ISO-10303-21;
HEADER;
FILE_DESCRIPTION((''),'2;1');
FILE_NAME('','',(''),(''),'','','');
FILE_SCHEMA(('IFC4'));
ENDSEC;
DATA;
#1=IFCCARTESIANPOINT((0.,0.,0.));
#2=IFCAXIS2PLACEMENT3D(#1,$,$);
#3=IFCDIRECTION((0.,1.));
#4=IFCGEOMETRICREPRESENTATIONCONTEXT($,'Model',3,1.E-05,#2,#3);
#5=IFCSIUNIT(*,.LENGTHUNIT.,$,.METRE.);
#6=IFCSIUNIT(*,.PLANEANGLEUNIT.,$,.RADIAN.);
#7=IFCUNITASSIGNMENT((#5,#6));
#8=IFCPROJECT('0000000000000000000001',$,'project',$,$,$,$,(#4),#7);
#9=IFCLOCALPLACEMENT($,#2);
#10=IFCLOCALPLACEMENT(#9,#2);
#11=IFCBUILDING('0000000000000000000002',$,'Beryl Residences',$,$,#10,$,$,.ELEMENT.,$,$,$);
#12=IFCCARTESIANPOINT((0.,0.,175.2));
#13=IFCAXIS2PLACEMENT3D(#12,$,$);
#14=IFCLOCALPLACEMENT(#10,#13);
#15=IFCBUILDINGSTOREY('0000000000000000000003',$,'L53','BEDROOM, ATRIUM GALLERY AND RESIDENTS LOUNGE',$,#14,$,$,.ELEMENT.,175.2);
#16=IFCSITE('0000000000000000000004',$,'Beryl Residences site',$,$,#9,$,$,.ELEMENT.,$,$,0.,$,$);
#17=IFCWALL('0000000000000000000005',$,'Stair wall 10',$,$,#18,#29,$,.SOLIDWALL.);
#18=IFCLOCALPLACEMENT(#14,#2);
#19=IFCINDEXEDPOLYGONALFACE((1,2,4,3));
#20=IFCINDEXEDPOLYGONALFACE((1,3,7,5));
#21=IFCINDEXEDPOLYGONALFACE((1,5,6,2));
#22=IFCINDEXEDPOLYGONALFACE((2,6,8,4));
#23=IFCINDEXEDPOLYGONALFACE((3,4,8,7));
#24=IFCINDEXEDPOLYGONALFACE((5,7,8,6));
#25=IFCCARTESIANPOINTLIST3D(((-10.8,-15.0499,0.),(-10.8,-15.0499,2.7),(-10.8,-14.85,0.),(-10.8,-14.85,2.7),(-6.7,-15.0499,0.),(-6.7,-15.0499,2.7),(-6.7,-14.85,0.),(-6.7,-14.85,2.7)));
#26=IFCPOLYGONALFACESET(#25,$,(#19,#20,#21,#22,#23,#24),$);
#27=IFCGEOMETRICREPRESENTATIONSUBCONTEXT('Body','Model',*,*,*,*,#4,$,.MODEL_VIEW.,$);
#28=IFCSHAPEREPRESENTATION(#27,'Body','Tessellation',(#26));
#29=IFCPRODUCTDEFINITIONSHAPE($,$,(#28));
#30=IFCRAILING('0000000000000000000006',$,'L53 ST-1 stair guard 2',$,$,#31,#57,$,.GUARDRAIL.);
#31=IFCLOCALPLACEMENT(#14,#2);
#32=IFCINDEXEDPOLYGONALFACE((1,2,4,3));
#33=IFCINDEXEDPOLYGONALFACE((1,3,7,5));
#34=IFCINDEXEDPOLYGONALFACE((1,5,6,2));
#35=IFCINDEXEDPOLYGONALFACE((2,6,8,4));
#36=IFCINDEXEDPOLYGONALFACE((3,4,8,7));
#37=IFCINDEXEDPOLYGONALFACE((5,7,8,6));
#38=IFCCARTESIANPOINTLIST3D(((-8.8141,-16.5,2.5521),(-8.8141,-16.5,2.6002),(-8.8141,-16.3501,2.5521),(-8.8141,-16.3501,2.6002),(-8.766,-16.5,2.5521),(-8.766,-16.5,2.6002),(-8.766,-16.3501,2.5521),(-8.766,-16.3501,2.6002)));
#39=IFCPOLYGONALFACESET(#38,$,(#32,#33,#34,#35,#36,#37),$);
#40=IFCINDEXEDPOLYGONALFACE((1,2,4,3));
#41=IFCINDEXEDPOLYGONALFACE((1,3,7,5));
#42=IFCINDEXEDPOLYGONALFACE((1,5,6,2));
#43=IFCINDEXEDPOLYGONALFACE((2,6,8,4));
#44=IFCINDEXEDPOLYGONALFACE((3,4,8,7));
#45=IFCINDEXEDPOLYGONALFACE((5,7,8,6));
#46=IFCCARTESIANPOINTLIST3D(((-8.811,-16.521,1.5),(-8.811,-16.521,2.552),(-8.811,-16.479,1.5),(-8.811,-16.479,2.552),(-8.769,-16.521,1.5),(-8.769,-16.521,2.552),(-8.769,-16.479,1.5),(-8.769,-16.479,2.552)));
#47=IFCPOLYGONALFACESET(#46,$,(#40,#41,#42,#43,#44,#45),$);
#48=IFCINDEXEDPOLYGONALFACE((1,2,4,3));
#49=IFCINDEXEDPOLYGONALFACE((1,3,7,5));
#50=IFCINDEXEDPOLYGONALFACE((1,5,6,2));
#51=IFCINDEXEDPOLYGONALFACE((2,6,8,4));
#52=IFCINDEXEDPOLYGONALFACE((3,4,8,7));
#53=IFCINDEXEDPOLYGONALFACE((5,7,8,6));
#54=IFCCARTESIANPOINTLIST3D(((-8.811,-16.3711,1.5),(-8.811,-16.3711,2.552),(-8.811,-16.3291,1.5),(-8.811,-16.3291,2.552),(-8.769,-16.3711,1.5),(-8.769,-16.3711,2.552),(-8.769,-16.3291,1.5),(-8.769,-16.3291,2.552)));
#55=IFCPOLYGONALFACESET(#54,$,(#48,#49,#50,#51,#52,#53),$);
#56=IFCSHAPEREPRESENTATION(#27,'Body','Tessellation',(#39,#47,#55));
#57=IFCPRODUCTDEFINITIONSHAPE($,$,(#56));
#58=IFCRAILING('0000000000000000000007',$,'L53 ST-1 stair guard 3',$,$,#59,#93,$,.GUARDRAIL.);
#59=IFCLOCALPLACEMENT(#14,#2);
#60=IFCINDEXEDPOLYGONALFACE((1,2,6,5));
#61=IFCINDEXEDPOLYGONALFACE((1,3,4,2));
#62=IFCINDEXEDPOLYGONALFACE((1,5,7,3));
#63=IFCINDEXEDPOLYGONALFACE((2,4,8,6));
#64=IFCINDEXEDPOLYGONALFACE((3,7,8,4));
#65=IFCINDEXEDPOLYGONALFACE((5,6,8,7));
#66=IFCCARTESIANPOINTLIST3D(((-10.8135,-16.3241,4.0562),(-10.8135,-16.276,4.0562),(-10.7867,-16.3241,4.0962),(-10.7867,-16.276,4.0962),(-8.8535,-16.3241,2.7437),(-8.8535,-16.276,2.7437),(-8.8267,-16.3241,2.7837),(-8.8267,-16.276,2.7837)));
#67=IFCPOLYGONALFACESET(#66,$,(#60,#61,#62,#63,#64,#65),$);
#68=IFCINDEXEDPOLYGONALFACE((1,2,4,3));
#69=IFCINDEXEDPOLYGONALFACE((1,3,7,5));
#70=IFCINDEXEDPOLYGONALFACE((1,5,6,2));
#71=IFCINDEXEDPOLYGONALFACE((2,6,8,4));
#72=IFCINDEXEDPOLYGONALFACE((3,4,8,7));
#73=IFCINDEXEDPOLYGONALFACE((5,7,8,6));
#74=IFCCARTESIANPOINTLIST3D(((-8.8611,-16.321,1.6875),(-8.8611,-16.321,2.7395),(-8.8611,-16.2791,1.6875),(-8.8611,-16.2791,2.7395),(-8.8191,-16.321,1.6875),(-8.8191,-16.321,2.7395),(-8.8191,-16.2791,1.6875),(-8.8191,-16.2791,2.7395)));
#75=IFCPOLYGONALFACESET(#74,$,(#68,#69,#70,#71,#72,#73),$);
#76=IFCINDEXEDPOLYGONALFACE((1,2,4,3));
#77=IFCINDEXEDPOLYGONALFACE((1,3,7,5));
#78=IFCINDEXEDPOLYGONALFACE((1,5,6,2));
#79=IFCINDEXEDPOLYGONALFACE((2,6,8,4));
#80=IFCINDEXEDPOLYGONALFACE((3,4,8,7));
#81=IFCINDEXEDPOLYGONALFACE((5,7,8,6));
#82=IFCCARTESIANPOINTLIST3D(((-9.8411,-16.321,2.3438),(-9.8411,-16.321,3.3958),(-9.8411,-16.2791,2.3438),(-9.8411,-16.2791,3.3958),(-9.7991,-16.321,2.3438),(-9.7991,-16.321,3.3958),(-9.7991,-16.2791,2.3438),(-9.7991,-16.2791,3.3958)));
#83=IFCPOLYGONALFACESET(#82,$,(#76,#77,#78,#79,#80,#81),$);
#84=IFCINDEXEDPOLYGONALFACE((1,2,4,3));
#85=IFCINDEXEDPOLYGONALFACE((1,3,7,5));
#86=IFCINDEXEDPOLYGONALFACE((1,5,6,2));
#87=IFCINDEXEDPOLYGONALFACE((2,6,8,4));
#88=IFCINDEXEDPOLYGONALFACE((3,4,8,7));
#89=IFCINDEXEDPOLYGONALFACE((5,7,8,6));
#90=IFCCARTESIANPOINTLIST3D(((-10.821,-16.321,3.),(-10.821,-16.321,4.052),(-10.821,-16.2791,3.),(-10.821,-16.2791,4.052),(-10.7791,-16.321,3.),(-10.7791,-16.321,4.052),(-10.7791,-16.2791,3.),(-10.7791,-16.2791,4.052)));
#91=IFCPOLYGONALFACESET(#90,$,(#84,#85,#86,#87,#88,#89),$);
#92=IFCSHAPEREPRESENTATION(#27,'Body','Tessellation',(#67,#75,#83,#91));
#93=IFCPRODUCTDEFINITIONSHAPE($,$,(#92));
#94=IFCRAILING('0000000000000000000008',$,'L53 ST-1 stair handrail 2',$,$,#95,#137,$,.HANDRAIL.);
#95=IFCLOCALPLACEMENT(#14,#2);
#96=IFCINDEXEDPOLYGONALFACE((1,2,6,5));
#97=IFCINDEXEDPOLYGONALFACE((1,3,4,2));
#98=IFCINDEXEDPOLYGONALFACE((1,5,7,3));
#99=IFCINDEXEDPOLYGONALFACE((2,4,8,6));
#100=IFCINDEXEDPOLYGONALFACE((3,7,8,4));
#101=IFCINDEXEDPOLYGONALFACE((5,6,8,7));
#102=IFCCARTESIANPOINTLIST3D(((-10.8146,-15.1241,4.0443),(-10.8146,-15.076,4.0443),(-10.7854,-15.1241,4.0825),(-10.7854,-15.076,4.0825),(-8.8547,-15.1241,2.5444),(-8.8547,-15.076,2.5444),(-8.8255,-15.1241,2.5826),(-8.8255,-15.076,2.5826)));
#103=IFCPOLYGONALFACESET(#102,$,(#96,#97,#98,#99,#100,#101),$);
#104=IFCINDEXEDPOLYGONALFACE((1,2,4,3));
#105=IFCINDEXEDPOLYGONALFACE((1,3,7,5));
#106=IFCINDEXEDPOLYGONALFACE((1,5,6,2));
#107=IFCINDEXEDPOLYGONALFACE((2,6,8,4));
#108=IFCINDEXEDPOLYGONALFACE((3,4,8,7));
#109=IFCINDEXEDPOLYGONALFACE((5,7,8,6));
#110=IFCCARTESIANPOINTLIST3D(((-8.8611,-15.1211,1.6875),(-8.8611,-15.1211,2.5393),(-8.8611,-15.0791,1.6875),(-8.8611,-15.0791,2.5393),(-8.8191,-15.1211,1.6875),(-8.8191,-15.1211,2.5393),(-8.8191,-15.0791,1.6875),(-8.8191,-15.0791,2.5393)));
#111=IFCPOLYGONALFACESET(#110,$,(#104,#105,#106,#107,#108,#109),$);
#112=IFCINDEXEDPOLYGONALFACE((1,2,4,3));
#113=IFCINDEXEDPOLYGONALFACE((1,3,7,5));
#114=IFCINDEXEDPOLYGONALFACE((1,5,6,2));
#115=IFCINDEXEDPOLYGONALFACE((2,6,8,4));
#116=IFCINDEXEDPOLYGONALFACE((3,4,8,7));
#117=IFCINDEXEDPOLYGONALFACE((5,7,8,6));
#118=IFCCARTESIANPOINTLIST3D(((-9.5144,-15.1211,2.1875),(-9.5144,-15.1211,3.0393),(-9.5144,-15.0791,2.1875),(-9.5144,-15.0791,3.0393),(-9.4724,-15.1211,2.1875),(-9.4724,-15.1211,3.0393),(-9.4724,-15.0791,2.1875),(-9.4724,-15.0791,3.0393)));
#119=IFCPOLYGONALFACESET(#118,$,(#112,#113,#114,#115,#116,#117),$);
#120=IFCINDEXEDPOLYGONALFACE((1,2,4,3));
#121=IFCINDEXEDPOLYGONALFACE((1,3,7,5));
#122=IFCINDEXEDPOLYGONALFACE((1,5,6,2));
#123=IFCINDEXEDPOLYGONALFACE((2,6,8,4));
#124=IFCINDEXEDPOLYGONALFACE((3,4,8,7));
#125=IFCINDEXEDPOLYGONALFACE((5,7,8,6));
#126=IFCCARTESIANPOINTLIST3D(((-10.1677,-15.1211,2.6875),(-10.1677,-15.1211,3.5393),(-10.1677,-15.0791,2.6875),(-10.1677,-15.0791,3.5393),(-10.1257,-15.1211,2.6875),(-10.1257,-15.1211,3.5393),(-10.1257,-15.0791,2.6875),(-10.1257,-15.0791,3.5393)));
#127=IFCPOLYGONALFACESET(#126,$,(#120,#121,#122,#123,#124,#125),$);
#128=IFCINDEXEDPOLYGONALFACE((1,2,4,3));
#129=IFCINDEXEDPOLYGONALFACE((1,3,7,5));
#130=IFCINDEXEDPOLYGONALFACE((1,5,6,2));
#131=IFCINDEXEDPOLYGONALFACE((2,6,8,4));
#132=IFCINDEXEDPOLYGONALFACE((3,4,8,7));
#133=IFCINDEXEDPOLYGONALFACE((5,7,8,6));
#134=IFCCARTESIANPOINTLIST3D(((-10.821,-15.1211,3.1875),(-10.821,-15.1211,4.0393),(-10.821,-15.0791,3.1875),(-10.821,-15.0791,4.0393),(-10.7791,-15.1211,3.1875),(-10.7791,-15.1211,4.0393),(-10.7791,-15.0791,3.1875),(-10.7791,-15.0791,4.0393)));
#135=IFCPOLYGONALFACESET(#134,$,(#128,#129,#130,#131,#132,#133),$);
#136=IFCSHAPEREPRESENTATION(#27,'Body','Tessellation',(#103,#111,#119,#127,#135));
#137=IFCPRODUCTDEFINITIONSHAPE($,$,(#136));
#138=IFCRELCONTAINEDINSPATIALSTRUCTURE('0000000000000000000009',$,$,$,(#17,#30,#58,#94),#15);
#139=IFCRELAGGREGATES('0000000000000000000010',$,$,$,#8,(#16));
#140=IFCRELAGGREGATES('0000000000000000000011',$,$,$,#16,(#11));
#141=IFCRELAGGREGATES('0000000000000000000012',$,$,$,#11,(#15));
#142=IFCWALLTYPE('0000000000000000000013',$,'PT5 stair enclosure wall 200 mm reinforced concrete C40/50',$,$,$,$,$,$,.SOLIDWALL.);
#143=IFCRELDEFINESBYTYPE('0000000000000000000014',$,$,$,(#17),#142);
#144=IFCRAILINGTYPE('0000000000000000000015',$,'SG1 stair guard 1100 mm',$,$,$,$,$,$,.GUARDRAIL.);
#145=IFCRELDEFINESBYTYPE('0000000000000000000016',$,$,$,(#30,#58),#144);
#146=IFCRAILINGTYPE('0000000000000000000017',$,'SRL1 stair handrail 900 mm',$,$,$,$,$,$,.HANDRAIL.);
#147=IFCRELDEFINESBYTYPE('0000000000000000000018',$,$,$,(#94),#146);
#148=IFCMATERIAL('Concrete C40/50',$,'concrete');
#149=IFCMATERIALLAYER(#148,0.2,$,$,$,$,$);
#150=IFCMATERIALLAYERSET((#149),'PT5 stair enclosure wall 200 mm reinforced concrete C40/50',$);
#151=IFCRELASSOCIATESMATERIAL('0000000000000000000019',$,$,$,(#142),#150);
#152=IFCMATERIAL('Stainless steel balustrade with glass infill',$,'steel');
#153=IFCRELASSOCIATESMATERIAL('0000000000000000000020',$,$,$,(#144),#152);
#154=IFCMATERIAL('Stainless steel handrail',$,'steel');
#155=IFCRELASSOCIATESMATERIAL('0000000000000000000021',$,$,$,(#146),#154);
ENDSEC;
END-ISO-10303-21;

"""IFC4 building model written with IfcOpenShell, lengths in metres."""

from ifc_helpers import new_model, si_unit, direction, frame, frame_2d, origin, origin_2d, place, context, subcontext, project, spatial, rectangle, extrude, material, layer, layer_set, type_object, element, save


model = new_model("IFC4")

# Units and contexts
model_context = context("Model", 3, precision=1e-05, world=origin(), true_north=direction((0.0, 1.0)))
body_context = subcontext(model_context, "Body", "Model", "MODEL_VIEW")
ifc_project = project(units=[si_unit("LENGTHUNIT", "METRE"), si_unit("PLANEANGLEUNIT", "RADIAN")], contexts=[model_context])

# Site, building, storey
site_placement = place(None, origin())
site = spatial("IfcSite", under=ifc_project, at=site_placement, Name="Beryl Residences site", CompositionType="ELEMENT", RefElevation=0.0)
building_placement = place(site_placement, origin())
building = spatial("IfcBuilding", under=site, at=building_placement, Name="Beryl Residences", CompositionType="ELEMENT")
storey_placement = place(building_placement, frame((0.0, 0.0, 175.2)))
storey = spatial("IfcBuildingStorey", under=building, at=storey_placement, Name="L53", Description="BEDROOM, ATRIUM GALLERY AND RESIDENTS LOUNGE", CompositionType="ELEMENT", Elevation=175.2)

# Wall
ifc_material_1 = material(Name="Concrete C40/50", Category="concrete")
ifc_layer_1 = layer(ifc_material_1, 0.2)
ifc_layer_set_1 = layer_set([ifc_layer_1], Name="PT5 stair enclosure wall 200 mm reinforced concrete C40/50")
wall_type_1 = type_object("IfcWallType", Name="PT5 stair enclosure wall 200 mm reinforced concrete C40/50", PredefinedType="SOLIDWALL", material=ifc_layer_set_1)
wall_1_placement = place(storey_placement, frame((-10.8, -14.95, 0.0), z_axis=(0.0, 0.0, 1.0), x_axis=(1.0, 0.0, 0.0)))
element("IfcWall", 1, at=wall_1_placement, inside=storey, type_object=wall_type_1, Name="Stair wall 10", PredefinedType="SOLIDWALL", context=body_context, shape_type="SweptSolid", body=[
    extrude(rectangle(XDim=4.1001, YDim=0.2, at=frame_2d((2.05, 0.0))), origin(), (0.0, 0.0, 1.0), 2.7),
])

# Railings
ifc_material_2 = material(Name="Stainless steel balustrade with glass infill", Category="steel")
railing_type_1 = type_object("IfcRailingType", Name="SG1 stair guard 1100 mm", PredefinedType="GUARDRAIL", material=ifc_material_2)
railing_1_placement = place(storey_placement, frame((-8.79, -16.5, 1.5)))
element("IfcRailing", 2, at=railing_1_placement, inside=storey, type_object=railing_type_1, Name="L53 ST-1 stair guard 2", PredefinedType="GUARDRAIL", context=body_context, shape_type="SweptSolid", body=[
    extrude(rectangle(XDim=0.0481, YDim=0.0481, at=origin_2d()), frame((0.0, 0.0, 1.0762), z_axis=(0.0, 1.0, 0.0), x_axis=(-1.0, 0.0, 0.0)), (0.0, 0.0, 1.0), 0.1499),
    extrude(rectangle(XDim=0.042, YDim=0.042, at=origin_2d()), origin(), (0.0, 0.0, 1.0), 1.052),
    extrude(rectangle(XDim=0.042, YDim=0.042, at=origin_2d()), frame((0.0, 0.1499, 0.0)), (0.0, 0.0, 1.0), 1.052),
])
railing_2_placement = place(storey_placement, frame((-8.8401, -16.3, 1.6875)))
element("IfcRailing", 3, at=railing_2_placement, inside=storey, type_object=railing_type_1, Name="L53 ST-1 stair guard 3", PredefinedType="GUARDRAIL", context=body_context, shape_type="SweptSolid", body=[
    extrude(rectangle(XDim=0.0481, YDim=0.0481, at=origin_2d()), frame((0.0, 0.0, 1.0762), z_axis=(-0.830902, 0.0, 0.556419), x_axis=(0.0, -1.0, 0.0)), (0.0, 0.0, 1.0), 2.3589),
    extrude(rectangle(XDim=0.042, YDim=0.042, at=origin_2d()), origin(), (0.0, 0.0, 1.0), 1.052),
    extrude(rectangle(XDim=0.042, YDim=0.042, at=origin_2d()), frame((-0.98, 0.0, 0.6562)), (0.0, 0.0, 1.0), 1.052),
    extrude(rectangle(XDim=0.042, YDim=0.042, at=origin_2d()), frame((-1.96, 0.0, 1.3125)), (0.0, 0.0, 1.0), 1.052),
])
ifc_material_3 = material(Name="Stainless steel handrail", Category="steel")
railing_type_2 = type_object("IfcRailingType", Name="SRL1 stair handrail 900 mm", PredefinedType="HANDRAIL", material=ifc_material_3)
railing_3_placement = place(storey_placement, frame((-8.8401, -15.1001, 1.6875)))
element("IfcRailing", 4, at=railing_3_placement, inside=storey, type_object=railing_type_2, Name="L53 ST-1 stair handrail 2", PredefinedType="HANDRAIL", context=body_context, shape_type="SweptSolid", body=[
    extrude(rectangle(XDim=0.0481, YDim=0.0481, at=origin_2d()), frame((0.0, 0.0, 0.876), z_axis=(-0.794122, 0.0, 0.607758), x_axis=(0.0, -1.0, 0.0)), (0.0, 0.0, 1.0), 2.468),
    extrude(rectangle(XDim=0.042, YDim=0.042, at=origin_2d()), origin(), (0.0, 0.0, 1.0), 0.8518),
    extrude(rectangle(XDim=0.042, YDim=0.042, at=origin_2d()), frame((-0.6533, 0.0, 0.5)), (0.0, 0.0, 1.0), 0.8518),
    extrude(rectangle(XDim=0.042, YDim=0.042, at=origin_2d()), frame((-1.3066, 0.0, 1.0)), (0.0, 0.0, 1.0), 0.8518),
    extrude(rectangle(XDim=0.042, YDim=0.042, at=origin_2d()), frame((-1.96, 0.0, 1.5)), (0.0, 0.0, 1.0), 0.8518),
])

save(model, "model.ifc")
